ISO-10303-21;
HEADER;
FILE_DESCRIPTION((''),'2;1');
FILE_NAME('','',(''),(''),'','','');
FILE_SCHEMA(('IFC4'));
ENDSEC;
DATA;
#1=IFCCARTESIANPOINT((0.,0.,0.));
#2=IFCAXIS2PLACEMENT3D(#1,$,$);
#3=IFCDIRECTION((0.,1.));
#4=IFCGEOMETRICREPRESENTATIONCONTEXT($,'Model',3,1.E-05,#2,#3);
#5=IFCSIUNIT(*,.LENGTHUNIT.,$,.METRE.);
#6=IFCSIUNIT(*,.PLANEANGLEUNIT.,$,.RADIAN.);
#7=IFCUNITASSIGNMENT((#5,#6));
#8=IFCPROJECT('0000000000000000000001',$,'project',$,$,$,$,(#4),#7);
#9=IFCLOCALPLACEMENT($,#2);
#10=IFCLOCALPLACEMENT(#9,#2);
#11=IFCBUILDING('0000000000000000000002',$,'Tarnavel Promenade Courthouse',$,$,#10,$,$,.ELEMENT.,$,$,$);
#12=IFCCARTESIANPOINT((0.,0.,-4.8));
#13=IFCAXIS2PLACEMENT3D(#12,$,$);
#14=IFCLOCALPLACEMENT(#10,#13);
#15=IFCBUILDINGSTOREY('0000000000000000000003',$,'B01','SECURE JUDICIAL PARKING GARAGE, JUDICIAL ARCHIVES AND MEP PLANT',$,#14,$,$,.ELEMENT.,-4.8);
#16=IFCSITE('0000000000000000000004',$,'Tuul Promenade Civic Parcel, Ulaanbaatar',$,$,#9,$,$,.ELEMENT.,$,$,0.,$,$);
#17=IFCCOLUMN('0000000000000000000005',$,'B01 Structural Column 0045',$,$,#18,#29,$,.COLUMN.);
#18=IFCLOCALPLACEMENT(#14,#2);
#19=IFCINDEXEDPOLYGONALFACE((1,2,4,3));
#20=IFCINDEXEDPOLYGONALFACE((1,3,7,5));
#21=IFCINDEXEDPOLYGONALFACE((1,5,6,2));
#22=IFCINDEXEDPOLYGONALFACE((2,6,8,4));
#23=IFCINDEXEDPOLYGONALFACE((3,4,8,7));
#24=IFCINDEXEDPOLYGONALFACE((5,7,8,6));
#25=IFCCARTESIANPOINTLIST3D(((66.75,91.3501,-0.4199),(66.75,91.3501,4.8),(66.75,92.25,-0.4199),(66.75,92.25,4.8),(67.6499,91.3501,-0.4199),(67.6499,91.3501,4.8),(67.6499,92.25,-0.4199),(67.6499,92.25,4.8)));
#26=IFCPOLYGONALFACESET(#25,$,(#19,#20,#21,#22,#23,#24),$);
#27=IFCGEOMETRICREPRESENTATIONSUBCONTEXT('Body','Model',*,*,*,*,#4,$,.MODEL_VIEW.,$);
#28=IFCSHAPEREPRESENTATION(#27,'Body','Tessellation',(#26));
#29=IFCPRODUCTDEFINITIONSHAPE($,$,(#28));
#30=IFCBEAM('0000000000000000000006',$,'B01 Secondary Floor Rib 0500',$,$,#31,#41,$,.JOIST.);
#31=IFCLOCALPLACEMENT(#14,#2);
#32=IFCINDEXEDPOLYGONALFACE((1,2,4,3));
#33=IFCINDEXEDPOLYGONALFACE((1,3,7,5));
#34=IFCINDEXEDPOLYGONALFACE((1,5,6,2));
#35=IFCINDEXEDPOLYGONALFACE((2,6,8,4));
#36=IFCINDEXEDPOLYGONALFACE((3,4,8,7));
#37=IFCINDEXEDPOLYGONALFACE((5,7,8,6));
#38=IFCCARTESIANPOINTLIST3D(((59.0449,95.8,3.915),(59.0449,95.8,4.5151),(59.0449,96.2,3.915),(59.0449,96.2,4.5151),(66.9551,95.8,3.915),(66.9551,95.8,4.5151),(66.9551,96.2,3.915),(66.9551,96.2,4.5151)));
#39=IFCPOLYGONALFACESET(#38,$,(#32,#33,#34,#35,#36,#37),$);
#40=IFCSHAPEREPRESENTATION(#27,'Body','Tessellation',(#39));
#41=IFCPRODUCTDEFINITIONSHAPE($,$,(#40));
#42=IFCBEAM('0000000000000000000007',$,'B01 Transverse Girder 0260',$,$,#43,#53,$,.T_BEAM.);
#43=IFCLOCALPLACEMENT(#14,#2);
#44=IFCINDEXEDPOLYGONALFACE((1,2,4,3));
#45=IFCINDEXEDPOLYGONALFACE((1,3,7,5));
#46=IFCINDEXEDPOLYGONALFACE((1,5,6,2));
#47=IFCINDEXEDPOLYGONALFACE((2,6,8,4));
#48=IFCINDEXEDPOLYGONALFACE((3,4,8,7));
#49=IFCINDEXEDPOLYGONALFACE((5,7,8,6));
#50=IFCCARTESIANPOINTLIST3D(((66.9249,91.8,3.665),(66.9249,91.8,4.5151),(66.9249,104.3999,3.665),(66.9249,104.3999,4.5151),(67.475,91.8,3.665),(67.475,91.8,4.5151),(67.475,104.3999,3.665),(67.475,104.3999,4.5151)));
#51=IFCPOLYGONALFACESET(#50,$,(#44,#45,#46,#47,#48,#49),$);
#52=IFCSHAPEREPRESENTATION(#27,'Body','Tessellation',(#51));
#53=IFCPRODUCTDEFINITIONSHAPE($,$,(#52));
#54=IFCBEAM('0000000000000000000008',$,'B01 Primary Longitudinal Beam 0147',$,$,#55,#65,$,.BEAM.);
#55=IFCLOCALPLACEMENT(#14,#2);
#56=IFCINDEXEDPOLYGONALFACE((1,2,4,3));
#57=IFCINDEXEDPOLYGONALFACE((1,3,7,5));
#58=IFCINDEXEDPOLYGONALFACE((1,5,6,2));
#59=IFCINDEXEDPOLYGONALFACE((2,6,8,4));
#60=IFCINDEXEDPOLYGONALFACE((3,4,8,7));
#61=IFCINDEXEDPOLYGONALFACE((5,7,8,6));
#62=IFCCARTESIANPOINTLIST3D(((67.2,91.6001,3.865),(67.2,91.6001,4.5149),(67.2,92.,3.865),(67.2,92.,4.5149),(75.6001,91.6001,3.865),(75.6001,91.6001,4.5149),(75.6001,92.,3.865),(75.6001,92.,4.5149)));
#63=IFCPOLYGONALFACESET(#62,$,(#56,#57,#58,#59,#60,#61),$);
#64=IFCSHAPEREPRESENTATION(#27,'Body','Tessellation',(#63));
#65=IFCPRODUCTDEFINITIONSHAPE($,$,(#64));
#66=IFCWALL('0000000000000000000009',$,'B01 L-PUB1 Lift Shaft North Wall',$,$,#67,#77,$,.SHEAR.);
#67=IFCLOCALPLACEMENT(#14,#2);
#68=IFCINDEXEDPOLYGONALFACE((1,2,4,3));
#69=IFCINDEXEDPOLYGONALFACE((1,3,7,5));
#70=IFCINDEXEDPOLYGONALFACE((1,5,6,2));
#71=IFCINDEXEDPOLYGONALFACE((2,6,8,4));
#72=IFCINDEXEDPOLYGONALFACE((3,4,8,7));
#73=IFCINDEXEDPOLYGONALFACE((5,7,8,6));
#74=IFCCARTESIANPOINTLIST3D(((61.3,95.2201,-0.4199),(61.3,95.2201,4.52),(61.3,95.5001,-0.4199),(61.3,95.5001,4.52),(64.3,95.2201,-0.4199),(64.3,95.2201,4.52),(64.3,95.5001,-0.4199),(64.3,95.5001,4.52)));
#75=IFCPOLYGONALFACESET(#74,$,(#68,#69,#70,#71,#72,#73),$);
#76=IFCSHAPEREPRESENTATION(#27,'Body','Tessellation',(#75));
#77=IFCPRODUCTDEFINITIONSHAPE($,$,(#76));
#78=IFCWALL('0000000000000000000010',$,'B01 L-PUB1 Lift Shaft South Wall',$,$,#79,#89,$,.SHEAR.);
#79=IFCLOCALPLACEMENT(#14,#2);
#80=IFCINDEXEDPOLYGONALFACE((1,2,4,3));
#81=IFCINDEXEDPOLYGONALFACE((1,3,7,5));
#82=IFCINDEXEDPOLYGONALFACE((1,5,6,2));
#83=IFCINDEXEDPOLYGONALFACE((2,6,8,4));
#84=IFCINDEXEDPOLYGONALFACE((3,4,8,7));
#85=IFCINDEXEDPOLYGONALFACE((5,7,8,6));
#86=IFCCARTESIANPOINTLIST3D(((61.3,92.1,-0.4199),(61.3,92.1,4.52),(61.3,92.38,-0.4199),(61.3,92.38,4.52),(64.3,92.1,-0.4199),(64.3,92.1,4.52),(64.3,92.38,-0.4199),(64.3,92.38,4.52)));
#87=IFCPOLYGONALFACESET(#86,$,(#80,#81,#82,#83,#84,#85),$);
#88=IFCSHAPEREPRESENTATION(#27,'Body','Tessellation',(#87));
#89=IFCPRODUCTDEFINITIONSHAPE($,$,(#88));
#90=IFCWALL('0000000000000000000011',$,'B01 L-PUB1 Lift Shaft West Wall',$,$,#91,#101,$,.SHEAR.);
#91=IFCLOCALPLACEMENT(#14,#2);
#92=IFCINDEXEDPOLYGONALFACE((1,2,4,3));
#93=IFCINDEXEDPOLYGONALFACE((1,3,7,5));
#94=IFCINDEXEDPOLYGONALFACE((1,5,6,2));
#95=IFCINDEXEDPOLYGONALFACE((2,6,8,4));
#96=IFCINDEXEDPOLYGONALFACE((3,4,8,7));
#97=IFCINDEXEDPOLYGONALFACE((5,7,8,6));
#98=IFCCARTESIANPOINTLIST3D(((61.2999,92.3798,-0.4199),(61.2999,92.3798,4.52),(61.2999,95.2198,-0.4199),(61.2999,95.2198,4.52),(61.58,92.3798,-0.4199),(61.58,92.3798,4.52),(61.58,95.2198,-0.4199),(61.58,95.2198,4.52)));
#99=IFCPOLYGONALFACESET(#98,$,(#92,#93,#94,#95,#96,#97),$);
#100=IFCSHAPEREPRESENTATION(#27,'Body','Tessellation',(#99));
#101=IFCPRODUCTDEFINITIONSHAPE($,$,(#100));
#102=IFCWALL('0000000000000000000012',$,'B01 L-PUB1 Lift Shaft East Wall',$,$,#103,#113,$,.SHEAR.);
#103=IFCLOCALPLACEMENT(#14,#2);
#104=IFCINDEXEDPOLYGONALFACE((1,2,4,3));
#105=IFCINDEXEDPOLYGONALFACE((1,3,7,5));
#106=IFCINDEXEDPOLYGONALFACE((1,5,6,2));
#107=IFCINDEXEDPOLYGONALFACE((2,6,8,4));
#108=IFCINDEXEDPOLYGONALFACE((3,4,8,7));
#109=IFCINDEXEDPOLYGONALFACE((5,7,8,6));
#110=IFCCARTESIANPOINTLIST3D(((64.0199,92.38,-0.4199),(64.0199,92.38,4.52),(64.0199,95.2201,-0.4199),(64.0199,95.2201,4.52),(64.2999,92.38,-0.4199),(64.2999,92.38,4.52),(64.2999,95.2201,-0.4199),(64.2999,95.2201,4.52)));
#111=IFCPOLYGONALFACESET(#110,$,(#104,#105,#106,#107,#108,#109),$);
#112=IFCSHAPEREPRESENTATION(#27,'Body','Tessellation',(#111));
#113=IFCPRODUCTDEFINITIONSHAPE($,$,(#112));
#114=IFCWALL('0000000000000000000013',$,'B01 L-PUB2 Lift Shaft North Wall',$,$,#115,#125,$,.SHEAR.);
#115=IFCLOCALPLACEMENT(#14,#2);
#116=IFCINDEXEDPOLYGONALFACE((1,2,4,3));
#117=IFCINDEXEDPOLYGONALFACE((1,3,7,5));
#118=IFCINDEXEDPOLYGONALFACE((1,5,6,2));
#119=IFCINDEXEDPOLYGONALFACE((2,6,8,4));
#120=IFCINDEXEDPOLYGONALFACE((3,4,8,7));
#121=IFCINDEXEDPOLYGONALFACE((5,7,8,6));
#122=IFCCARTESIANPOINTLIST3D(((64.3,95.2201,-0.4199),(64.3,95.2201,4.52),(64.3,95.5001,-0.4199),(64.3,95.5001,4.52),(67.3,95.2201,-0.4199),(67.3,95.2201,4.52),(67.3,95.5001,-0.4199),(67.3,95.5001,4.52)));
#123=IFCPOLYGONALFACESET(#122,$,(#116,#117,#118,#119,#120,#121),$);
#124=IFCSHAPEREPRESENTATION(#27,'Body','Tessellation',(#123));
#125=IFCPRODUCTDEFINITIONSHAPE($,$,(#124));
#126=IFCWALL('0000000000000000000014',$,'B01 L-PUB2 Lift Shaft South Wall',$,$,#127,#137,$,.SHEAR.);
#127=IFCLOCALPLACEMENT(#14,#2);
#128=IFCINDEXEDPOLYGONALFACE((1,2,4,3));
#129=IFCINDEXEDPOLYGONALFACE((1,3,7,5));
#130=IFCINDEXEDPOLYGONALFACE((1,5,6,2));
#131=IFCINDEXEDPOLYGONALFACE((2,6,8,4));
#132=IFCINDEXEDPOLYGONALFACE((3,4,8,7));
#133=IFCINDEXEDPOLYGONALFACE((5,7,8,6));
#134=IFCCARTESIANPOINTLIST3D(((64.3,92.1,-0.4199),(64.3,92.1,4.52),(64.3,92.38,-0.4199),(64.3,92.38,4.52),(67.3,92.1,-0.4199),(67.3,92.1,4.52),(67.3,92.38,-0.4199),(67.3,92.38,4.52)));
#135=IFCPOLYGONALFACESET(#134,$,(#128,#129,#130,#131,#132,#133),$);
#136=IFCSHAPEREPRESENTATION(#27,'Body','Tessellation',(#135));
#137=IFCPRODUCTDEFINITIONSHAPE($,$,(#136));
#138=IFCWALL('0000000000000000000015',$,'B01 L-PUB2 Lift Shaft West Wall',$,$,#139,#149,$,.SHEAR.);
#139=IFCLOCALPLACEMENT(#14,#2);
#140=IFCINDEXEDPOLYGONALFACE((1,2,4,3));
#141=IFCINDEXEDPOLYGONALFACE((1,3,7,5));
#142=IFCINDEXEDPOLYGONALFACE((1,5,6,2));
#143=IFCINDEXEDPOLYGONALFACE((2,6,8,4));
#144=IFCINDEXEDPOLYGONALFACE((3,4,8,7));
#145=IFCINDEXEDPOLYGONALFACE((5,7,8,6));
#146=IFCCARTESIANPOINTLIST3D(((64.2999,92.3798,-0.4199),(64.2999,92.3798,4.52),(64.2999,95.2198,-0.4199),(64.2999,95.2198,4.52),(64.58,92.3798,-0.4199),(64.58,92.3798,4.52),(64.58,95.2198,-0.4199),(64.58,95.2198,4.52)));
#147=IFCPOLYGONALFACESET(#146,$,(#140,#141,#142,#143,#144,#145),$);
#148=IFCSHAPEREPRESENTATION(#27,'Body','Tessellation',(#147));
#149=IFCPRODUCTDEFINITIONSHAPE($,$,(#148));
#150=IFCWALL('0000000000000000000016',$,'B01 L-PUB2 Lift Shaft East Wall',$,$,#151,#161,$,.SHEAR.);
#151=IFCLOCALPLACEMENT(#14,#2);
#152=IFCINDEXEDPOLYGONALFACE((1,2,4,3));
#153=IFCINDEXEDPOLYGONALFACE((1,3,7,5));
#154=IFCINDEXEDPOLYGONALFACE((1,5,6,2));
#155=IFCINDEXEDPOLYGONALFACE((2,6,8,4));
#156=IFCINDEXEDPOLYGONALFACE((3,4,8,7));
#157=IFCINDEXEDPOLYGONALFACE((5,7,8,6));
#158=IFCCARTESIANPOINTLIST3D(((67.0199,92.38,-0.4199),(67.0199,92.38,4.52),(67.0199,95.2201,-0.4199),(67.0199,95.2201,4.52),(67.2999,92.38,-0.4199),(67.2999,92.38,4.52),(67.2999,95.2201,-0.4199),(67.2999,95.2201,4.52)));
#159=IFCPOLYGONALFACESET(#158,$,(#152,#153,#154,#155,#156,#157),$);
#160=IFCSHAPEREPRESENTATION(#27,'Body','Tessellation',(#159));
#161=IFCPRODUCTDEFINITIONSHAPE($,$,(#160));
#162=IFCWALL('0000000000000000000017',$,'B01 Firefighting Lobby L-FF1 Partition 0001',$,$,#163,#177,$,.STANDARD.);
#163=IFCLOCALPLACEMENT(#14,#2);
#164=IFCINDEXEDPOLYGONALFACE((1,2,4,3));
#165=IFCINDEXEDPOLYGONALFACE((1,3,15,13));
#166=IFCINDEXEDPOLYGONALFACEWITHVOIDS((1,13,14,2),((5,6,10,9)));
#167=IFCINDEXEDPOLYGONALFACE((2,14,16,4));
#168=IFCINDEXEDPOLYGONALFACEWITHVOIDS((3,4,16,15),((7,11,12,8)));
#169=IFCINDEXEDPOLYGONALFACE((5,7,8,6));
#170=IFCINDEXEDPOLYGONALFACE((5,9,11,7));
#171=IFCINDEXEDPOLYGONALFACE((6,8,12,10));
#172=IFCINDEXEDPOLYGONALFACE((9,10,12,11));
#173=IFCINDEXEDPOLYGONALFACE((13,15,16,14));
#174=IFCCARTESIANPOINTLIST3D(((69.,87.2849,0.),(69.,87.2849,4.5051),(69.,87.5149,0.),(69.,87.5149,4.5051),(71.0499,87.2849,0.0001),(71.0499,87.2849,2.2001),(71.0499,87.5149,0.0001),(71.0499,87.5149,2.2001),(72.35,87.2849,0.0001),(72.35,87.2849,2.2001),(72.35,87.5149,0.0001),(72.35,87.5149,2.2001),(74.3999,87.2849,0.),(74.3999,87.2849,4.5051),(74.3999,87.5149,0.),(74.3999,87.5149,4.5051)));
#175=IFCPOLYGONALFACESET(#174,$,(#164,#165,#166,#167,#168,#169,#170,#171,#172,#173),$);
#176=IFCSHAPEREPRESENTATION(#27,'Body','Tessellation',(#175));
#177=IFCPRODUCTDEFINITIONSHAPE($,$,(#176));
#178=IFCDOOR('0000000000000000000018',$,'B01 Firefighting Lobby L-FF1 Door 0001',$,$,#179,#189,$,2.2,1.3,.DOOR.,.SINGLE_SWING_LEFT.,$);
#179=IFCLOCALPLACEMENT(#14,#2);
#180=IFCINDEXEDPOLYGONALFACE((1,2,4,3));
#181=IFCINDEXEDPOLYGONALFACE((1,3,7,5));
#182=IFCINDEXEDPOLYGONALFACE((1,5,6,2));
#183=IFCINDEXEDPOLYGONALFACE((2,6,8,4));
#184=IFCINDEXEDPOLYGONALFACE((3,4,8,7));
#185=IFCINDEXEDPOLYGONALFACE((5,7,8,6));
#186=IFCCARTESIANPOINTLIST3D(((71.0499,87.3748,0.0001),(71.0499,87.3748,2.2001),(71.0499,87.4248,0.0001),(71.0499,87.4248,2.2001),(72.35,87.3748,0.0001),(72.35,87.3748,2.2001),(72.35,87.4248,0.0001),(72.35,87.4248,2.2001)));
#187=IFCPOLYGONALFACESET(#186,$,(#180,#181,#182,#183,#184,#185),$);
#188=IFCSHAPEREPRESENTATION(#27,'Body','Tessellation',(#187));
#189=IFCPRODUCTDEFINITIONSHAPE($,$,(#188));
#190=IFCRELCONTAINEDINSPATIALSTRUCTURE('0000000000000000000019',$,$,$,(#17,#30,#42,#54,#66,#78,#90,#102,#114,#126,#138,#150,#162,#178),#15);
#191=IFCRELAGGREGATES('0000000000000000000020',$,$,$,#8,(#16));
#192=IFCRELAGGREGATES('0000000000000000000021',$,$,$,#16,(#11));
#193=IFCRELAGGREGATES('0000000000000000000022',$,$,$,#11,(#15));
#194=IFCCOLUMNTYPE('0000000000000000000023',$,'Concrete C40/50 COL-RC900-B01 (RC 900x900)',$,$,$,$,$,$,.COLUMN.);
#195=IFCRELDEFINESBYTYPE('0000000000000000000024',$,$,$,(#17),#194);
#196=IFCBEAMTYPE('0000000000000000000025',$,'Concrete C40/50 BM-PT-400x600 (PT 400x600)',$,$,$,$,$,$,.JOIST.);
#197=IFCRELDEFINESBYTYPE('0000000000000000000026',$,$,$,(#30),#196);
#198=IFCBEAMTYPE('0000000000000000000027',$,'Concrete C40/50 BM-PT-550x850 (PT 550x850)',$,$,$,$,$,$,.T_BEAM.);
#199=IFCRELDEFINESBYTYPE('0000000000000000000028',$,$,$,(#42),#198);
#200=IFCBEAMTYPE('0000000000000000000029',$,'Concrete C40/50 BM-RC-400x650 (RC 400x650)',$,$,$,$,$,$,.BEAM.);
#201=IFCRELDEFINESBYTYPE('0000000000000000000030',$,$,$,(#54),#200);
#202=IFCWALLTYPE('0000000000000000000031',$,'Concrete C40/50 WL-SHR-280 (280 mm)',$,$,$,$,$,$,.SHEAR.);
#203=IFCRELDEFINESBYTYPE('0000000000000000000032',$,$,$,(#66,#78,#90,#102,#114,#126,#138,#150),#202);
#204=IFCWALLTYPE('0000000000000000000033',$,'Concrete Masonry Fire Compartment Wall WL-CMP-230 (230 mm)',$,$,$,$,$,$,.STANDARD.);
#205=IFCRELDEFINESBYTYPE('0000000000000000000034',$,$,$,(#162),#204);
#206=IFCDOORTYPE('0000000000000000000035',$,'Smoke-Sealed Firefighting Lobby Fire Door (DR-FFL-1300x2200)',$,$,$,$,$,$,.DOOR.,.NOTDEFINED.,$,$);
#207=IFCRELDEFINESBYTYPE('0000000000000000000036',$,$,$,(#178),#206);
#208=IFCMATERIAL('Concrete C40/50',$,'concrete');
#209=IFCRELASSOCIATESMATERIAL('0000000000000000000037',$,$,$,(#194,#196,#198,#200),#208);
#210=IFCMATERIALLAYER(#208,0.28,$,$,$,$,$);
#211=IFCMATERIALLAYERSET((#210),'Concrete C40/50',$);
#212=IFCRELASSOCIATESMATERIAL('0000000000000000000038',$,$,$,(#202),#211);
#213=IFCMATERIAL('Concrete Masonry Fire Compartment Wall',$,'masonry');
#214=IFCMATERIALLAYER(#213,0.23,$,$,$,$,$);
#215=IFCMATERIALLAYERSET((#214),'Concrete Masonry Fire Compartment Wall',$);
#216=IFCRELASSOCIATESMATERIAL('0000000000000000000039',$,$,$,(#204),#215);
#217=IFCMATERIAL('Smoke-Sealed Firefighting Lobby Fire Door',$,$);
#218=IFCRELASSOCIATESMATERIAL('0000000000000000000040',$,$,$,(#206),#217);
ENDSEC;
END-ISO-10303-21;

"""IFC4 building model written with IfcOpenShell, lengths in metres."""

from ifc_helpers import new_model, si_unit, direction, frame, frame_2d, origin, origin_2d, place, context, subcontext, project, spatial, rectangle, extrude, material, layer, layer_set, material_profile, profile_set, type_object, element, fill, save


model = new_model("IFC4")

# Units and contexts
model_context = context("Model", 3, precision=1e-05, world=origin(), true_north=direction((0.0, 1.0)))
body_context = subcontext(model_context, "Body", "Model", "MODEL_VIEW")
ifc_project = project(units=[si_unit("LENGTHUNIT", "METRE"), si_unit("PLANEANGLEUNIT", "RADIAN")], contexts=[model_context])

# Site, building, storey
site_placement = place(None, origin())
site = spatial("IfcSite", under=ifc_project, at=site_placement, Name="Tuul Promenade Civic Parcel, Ulaanbaatar", CompositionType="ELEMENT", RefElevation=0.0)
building_placement = place(site_placement, origin())
building = spatial("IfcBuilding", under=site, at=building_placement, Name="Tarnavel Promenade Courthouse", CompositionType="ELEMENT")
storey_placement = place(building_placement, frame((0.0, 0.0, -4.8)))
storey = spatial("IfcBuildingStorey", under=building, at=storey_placement, Name="B01", Description="SECURE JUDICIAL PARKING GARAGE, JUDICIAL ARCHIVES AND MEP PLANT", CompositionType="ELEMENT", Elevation=-4.8)

# Column
ifc_material_1 = material(Name="Concrete C40/50", Category="concrete")
ifc_material_profile_1 = material_profile(ifc_material_1, rectangle(XDim=0.8999, YDim=0.8999, at=origin_2d()), Name="RC 900x900")
ifc_profile_set_1 = profile_set([ifc_material_profile_1], Name="Concrete C40/50")
column_type = type_object("IfcColumnType", Name="Concrete C40/50 COL-RC900-B01 (RC 900x900)", PredefinedType="COLUMN", material=ifc_profile_set_1)
column_placement = place(storey_placement, frame((67.2, 91.8, -0.4199), z_axis=(0.0, 0.0, 1.0), x_axis=(1.0, 0.0, 0.0)))
element("IfcColumn", 1, at=column_placement, inside=storey, type_object=column_type, Name="B01 Structural Column 0045", PredefinedType="COLUMN", context=body_context, shape_type="SweptSolid", body=[
    extrude(rectangle(XDim=0.8999, YDim=0.8999, at=origin_2d()), origin(), (0.0, 0.0, 1.0), 5.22),
])

# Beams
ifc_material_profile_2 = material_profile(ifc_material_1, rectangle(XDim=0.3999, YDim=0.6001, at=origin_2d()), Name="PT 400x600")
ifc_profile_set_2 = profile_set([ifc_material_profile_2], Name="Concrete C40/50")
beam_type_1 = type_object("IfcBeamType", Name="Concrete C40/50 BM-PT-400x600 (PT 400x600)", PredefinedType="JOIST", material=ifc_profile_set_2)
beam_1_placement = place(storey_placement, frame((59.0449, 96.0, 4.2151), z_axis=(1.0, 0.0, 0.0), x_axis=(0.0, 1.0, 0.0)))
element("IfcBeam", 2, at=beam_1_placement, inside=storey, type_object=beam_type_1, Name="B01 Secondary Floor Rib 0500", PredefinedType="JOIST", context=body_context, shape_type="SweptSolid", body=[
    extrude(rectangle(XDim=0.3999, YDim=0.6001, at=origin_2d()), origin(), (0.0, 0.0, 1.0), 7.9102),
])
ifc_material_profile_3 = material_profile(ifc_material_1, rectangle(XDim=0.55, YDim=0.8501, at=origin_2d()), Name="PT 550x850")
ifc_profile_set_3 = profile_set([ifc_material_profile_3], Name="Concrete C40/50")
beam_type_2 = type_object("IfcBeamType", Name="Concrete C40/50 BM-PT-550x850 (PT 550x850)", PredefinedType="T_BEAM", material=ifc_profile_set_3)
beam_2_placement = place(storey_placement, frame((67.2, 91.8, 4.0901), z_axis=(0.0, 1.0, 0.0), x_axis=(-1.0, 0.0, 0.0)))
element("IfcBeam", 3, at=beam_2_placement, inside=storey, type_object=beam_type_2, Name="B01 Transverse Girder 0260", PredefinedType="T_BEAM", context=body_context, shape_type="SweptSolid", body=[
    extrude(rectangle(XDim=0.55, YDim=0.8501, at=origin_2d()), origin(), (0.0, 0.0, 1.0), 12.5999),
])
ifc_material_profile_4 = material_profile(ifc_material_1, rectangle(XDim=0.3999, YDim=0.6499, at=origin_2d()), Name="RC 400x650")
ifc_profile_set_4 = profile_set([ifc_material_profile_4], Name="Concrete C40/50")
beam_type_3 = type_object("IfcBeamType", Name="Concrete C40/50 BM-RC-400x650 (RC 400x650)", PredefinedType="BEAM", material=ifc_profile_set_4)
beam_3_placement = place(storey_placement, frame((67.2, 91.8, 4.1899), z_axis=(1.0, 0.0, 0.0), x_axis=(0.0, 1.0, 0.0)))
element("IfcBeam", 4, at=beam_3_placement, inside=storey, type_object=beam_type_3, Name="B01 Primary Longitudinal Beam 0147", PredefinedType="BEAM", context=body_context, shape_type="SweptSolid", body=[
    extrude(rectangle(XDim=0.3999, YDim=0.6499, at=origin_2d()), origin(), (0.0, 0.0, 1.0), 8.4001),
])

# Walls
ifc_layer_1 = layer(ifc_material_1, 0.28)
ifc_layer_set_1 = layer_set([ifc_layer_1], Name="Concrete C40/50")
wall_type_1 = type_object("IfcWallType", Name="Concrete C40/50 WL-SHR-280 (280 mm)", PredefinedType="SHEAR", material=ifc_layer_set_1)
for number, where, z_axis, x_axis, name in (
    (5, (61.3, 95.3601, -0.4199), (0.0, 0.0, 1.0), (1.0, 0.0, 0.0), "B01 L-PUB1 Lift Shaft North Wall"),
    (6, (64.3, 92.24, -0.4199), (0.0, 0.0, 1.0), (-1.0, 0.0, 0.0), "B01 L-PUB1 Lift Shaft South Wall"),
):
    element("IfcWall", number, at=place(storey_placement, frame(where, z_axis=z_axis, x_axis=x_axis)), inside=storey, type_object=wall_type_1, Name=name, PredefinedType="SHEAR", context=body_context, shape_type="SweptSolid", body=[
        extrude(rectangle(XDim=3.0, YDim=0.28, at=frame_2d((1.5, 0.0))), origin(), (0.0, 0.0, 1.0), 4.9399),
    ])
for number, where, z_axis, x_axis, name in (
    (7, (61.4399, 92.3799, -0.4199), (0.0, 0.0, 1.0), (0.0, 1.0, 0.0), "B01 L-PUB1 Lift Shaft West Wall"),
    (8, (64.1599, 95.22, -0.4199), (0.0, 0.0, 1.0), (0.0, -1.0, 0.0), "B01 L-PUB1 Lift Shaft East Wall"),
):
    element("IfcWall", number, at=place(storey_placement, frame(where, z_axis=z_axis, x_axis=x_axis)), inside=storey, type_object=wall_type_1, Name=name, PredefinedType="SHEAR", context=body_context, shape_type="SweptSolid", body=[
        extrude(rectangle(XDim=2.8401, YDim=0.28, at=frame_2d((1.4199, 0.0))), origin(), (0.0, 0.0, 1.0), 4.9399),
    ])
for number, where, z_axis, x_axis, name in (
    (9, (64.3, 95.3601, -0.4199), (0.0, 0.0, 1.0), (1.0, 0.0, 0.0), "B01 L-PUB2 Lift Shaft North Wall"),
    (10, (67.3, 92.24, -0.4199), (0.0, 0.0, 1.0), (-1.0, 0.0, 0.0), "B01 L-PUB2 Lift Shaft South Wall"),
):
    element("IfcWall", number, at=place(storey_placement, frame(where, z_axis=z_axis, x_axis=x_axis)), inside=storey, type_object=wall_type_1, Name=name, PredefinedType="SHEAR", context=body_context, shape_type="SweptSolid", body=[
        extrude(rectangle(XDim=3.0, YDim=0.28, at=frame_2d((1.5, 0.0))), origin(), (0.0, 0.0, 1.0), 4.9399),
    ])
for number, where, z_axis, x_axis, name in (
    (11, (64.4399, 92.3799, -0.4199), (0.0, 0.0, 1.0), (0.0, 1.0, 0.0), "B01 L-PUB2 Lift Shaft West Wall"),
    (12, (67.1599, 95.22, -0.4199), (0.0, 0.0, 1.0), (0.0, -1.0, 0.0), "B01 L-PUB2 Lift Shaft East Wall"),
):
    element("IfcWall", number, at=place(storey_placement, frame(where, z_axis=z_axis, x_axis=x_axis)), inside=storey, type_object=wall_type_1, Name=name, PredefinedType="SHEAR", context=body_context, shape_type="SweptSolid", body=[
        extrude(rectangle(XDim=2.8401, YDim=0.28, at=frame_2d((1.4199, 0.0))), origin(), (0.0, 0.0, 1.0), 4.9399),
    ])

# Wall, opening, door
ifc_material_2 = material(Name="Concrete Masonry Fire Compartment Wall", Category="masonry")
ifc_layer_2 = layer(ifc_material_2, 0.23)
ifc_layer_set_2 = layer_set([ifc_layer_2], Name="Concrete Masonry Fire Compartment Wall")
wall_type_2 = type_object("IfcWallType", Name="Concrete Masonry Fire Compartment Wall WL-CMP-230 (230 mm)", PredefinedType="STANDARD", material=ifc_layer_set_2)
wall_1_placement = place(storey_placement, frame((69.0, 87.3999, 0.0), z_axis=(0.0, 0.0, 1.0), x_axis=(1.0, 0.0, 0.0)))
wall_1 = element("IfcWall", 13, at=wall_1_placement, inside=storey, type_object=wall_type_2, Name="B01 Firefighting Lobby L-FF1 Partition 0001", PredefinedType="STANDARD", context=body_context, shape_type="SweptSolid", body=[
    extrude(rectangle(XDim=5.3999, YDim=0.23, at=frame_2d((2.7, 0.0))), origin(), (0.0, 0.0, 1.0), 4.5051),
])
opening_1_placement = place(wall_1_placement, frame((2.05, 0.0, 0.0)))
opening_1 = element("IfcOpeningElement", 14, at=opening_1_placement, cuts=wall_1, PredefinedType="OPENING", context=body_context, shape_type="SweptSolid", body=[
    extrude(rectangle(XDim=1.3, YDim=2.2, at=frame_2d((0.6499, 1.1001))), frame((0.0, 0.125, 0.0), z_axis=(0.0, -1.0, 0.0), x_axis=(1.0, 0.0, 0.0)), (0.0, 0.0, 1.0), 0.25),
])
ifc_material_3 = material(Name="Smoke-Sealed Firefighting Lobby Fire Door")
door_type_1 = type_object("IfcDoorType", Name="Smoke-Sealed Firefighting Lobby Fire Door (DR-FFL-1300x2200)", OperationType="NOTDEFINED", PredefinedType="DOOR", material=ifc_material_3)
door_1_placement = place(opening_1_placement, origin())
door_1 = element("IfcDoor", 15, at=door_1_placement, inside=storey, type_object=door_type_1, Name="B01 Firefighting Lobby L-FF1 Door 0001", OperationType="SINGLE_SWING_LEFT", OverallHeight=2.2, OverallWidth=1.3, PredefinedType="DOOR", context=body_context, shape_type="SweptSolid", body=[
    extrude(rectangle(XDim=1.3, YDim=2.2, at=frame_2d((0.6499, 1.1001))), frame((0.0, 0.0249, 0.0), z_axis=(0.0, -1.0, 0.0), x_axis=(1.0, 0.0, 0.0)), (0.0, 0.0, 1.0), 0.05),
])
fill(opening_1, door_1)

save(model, "model.ifc")
